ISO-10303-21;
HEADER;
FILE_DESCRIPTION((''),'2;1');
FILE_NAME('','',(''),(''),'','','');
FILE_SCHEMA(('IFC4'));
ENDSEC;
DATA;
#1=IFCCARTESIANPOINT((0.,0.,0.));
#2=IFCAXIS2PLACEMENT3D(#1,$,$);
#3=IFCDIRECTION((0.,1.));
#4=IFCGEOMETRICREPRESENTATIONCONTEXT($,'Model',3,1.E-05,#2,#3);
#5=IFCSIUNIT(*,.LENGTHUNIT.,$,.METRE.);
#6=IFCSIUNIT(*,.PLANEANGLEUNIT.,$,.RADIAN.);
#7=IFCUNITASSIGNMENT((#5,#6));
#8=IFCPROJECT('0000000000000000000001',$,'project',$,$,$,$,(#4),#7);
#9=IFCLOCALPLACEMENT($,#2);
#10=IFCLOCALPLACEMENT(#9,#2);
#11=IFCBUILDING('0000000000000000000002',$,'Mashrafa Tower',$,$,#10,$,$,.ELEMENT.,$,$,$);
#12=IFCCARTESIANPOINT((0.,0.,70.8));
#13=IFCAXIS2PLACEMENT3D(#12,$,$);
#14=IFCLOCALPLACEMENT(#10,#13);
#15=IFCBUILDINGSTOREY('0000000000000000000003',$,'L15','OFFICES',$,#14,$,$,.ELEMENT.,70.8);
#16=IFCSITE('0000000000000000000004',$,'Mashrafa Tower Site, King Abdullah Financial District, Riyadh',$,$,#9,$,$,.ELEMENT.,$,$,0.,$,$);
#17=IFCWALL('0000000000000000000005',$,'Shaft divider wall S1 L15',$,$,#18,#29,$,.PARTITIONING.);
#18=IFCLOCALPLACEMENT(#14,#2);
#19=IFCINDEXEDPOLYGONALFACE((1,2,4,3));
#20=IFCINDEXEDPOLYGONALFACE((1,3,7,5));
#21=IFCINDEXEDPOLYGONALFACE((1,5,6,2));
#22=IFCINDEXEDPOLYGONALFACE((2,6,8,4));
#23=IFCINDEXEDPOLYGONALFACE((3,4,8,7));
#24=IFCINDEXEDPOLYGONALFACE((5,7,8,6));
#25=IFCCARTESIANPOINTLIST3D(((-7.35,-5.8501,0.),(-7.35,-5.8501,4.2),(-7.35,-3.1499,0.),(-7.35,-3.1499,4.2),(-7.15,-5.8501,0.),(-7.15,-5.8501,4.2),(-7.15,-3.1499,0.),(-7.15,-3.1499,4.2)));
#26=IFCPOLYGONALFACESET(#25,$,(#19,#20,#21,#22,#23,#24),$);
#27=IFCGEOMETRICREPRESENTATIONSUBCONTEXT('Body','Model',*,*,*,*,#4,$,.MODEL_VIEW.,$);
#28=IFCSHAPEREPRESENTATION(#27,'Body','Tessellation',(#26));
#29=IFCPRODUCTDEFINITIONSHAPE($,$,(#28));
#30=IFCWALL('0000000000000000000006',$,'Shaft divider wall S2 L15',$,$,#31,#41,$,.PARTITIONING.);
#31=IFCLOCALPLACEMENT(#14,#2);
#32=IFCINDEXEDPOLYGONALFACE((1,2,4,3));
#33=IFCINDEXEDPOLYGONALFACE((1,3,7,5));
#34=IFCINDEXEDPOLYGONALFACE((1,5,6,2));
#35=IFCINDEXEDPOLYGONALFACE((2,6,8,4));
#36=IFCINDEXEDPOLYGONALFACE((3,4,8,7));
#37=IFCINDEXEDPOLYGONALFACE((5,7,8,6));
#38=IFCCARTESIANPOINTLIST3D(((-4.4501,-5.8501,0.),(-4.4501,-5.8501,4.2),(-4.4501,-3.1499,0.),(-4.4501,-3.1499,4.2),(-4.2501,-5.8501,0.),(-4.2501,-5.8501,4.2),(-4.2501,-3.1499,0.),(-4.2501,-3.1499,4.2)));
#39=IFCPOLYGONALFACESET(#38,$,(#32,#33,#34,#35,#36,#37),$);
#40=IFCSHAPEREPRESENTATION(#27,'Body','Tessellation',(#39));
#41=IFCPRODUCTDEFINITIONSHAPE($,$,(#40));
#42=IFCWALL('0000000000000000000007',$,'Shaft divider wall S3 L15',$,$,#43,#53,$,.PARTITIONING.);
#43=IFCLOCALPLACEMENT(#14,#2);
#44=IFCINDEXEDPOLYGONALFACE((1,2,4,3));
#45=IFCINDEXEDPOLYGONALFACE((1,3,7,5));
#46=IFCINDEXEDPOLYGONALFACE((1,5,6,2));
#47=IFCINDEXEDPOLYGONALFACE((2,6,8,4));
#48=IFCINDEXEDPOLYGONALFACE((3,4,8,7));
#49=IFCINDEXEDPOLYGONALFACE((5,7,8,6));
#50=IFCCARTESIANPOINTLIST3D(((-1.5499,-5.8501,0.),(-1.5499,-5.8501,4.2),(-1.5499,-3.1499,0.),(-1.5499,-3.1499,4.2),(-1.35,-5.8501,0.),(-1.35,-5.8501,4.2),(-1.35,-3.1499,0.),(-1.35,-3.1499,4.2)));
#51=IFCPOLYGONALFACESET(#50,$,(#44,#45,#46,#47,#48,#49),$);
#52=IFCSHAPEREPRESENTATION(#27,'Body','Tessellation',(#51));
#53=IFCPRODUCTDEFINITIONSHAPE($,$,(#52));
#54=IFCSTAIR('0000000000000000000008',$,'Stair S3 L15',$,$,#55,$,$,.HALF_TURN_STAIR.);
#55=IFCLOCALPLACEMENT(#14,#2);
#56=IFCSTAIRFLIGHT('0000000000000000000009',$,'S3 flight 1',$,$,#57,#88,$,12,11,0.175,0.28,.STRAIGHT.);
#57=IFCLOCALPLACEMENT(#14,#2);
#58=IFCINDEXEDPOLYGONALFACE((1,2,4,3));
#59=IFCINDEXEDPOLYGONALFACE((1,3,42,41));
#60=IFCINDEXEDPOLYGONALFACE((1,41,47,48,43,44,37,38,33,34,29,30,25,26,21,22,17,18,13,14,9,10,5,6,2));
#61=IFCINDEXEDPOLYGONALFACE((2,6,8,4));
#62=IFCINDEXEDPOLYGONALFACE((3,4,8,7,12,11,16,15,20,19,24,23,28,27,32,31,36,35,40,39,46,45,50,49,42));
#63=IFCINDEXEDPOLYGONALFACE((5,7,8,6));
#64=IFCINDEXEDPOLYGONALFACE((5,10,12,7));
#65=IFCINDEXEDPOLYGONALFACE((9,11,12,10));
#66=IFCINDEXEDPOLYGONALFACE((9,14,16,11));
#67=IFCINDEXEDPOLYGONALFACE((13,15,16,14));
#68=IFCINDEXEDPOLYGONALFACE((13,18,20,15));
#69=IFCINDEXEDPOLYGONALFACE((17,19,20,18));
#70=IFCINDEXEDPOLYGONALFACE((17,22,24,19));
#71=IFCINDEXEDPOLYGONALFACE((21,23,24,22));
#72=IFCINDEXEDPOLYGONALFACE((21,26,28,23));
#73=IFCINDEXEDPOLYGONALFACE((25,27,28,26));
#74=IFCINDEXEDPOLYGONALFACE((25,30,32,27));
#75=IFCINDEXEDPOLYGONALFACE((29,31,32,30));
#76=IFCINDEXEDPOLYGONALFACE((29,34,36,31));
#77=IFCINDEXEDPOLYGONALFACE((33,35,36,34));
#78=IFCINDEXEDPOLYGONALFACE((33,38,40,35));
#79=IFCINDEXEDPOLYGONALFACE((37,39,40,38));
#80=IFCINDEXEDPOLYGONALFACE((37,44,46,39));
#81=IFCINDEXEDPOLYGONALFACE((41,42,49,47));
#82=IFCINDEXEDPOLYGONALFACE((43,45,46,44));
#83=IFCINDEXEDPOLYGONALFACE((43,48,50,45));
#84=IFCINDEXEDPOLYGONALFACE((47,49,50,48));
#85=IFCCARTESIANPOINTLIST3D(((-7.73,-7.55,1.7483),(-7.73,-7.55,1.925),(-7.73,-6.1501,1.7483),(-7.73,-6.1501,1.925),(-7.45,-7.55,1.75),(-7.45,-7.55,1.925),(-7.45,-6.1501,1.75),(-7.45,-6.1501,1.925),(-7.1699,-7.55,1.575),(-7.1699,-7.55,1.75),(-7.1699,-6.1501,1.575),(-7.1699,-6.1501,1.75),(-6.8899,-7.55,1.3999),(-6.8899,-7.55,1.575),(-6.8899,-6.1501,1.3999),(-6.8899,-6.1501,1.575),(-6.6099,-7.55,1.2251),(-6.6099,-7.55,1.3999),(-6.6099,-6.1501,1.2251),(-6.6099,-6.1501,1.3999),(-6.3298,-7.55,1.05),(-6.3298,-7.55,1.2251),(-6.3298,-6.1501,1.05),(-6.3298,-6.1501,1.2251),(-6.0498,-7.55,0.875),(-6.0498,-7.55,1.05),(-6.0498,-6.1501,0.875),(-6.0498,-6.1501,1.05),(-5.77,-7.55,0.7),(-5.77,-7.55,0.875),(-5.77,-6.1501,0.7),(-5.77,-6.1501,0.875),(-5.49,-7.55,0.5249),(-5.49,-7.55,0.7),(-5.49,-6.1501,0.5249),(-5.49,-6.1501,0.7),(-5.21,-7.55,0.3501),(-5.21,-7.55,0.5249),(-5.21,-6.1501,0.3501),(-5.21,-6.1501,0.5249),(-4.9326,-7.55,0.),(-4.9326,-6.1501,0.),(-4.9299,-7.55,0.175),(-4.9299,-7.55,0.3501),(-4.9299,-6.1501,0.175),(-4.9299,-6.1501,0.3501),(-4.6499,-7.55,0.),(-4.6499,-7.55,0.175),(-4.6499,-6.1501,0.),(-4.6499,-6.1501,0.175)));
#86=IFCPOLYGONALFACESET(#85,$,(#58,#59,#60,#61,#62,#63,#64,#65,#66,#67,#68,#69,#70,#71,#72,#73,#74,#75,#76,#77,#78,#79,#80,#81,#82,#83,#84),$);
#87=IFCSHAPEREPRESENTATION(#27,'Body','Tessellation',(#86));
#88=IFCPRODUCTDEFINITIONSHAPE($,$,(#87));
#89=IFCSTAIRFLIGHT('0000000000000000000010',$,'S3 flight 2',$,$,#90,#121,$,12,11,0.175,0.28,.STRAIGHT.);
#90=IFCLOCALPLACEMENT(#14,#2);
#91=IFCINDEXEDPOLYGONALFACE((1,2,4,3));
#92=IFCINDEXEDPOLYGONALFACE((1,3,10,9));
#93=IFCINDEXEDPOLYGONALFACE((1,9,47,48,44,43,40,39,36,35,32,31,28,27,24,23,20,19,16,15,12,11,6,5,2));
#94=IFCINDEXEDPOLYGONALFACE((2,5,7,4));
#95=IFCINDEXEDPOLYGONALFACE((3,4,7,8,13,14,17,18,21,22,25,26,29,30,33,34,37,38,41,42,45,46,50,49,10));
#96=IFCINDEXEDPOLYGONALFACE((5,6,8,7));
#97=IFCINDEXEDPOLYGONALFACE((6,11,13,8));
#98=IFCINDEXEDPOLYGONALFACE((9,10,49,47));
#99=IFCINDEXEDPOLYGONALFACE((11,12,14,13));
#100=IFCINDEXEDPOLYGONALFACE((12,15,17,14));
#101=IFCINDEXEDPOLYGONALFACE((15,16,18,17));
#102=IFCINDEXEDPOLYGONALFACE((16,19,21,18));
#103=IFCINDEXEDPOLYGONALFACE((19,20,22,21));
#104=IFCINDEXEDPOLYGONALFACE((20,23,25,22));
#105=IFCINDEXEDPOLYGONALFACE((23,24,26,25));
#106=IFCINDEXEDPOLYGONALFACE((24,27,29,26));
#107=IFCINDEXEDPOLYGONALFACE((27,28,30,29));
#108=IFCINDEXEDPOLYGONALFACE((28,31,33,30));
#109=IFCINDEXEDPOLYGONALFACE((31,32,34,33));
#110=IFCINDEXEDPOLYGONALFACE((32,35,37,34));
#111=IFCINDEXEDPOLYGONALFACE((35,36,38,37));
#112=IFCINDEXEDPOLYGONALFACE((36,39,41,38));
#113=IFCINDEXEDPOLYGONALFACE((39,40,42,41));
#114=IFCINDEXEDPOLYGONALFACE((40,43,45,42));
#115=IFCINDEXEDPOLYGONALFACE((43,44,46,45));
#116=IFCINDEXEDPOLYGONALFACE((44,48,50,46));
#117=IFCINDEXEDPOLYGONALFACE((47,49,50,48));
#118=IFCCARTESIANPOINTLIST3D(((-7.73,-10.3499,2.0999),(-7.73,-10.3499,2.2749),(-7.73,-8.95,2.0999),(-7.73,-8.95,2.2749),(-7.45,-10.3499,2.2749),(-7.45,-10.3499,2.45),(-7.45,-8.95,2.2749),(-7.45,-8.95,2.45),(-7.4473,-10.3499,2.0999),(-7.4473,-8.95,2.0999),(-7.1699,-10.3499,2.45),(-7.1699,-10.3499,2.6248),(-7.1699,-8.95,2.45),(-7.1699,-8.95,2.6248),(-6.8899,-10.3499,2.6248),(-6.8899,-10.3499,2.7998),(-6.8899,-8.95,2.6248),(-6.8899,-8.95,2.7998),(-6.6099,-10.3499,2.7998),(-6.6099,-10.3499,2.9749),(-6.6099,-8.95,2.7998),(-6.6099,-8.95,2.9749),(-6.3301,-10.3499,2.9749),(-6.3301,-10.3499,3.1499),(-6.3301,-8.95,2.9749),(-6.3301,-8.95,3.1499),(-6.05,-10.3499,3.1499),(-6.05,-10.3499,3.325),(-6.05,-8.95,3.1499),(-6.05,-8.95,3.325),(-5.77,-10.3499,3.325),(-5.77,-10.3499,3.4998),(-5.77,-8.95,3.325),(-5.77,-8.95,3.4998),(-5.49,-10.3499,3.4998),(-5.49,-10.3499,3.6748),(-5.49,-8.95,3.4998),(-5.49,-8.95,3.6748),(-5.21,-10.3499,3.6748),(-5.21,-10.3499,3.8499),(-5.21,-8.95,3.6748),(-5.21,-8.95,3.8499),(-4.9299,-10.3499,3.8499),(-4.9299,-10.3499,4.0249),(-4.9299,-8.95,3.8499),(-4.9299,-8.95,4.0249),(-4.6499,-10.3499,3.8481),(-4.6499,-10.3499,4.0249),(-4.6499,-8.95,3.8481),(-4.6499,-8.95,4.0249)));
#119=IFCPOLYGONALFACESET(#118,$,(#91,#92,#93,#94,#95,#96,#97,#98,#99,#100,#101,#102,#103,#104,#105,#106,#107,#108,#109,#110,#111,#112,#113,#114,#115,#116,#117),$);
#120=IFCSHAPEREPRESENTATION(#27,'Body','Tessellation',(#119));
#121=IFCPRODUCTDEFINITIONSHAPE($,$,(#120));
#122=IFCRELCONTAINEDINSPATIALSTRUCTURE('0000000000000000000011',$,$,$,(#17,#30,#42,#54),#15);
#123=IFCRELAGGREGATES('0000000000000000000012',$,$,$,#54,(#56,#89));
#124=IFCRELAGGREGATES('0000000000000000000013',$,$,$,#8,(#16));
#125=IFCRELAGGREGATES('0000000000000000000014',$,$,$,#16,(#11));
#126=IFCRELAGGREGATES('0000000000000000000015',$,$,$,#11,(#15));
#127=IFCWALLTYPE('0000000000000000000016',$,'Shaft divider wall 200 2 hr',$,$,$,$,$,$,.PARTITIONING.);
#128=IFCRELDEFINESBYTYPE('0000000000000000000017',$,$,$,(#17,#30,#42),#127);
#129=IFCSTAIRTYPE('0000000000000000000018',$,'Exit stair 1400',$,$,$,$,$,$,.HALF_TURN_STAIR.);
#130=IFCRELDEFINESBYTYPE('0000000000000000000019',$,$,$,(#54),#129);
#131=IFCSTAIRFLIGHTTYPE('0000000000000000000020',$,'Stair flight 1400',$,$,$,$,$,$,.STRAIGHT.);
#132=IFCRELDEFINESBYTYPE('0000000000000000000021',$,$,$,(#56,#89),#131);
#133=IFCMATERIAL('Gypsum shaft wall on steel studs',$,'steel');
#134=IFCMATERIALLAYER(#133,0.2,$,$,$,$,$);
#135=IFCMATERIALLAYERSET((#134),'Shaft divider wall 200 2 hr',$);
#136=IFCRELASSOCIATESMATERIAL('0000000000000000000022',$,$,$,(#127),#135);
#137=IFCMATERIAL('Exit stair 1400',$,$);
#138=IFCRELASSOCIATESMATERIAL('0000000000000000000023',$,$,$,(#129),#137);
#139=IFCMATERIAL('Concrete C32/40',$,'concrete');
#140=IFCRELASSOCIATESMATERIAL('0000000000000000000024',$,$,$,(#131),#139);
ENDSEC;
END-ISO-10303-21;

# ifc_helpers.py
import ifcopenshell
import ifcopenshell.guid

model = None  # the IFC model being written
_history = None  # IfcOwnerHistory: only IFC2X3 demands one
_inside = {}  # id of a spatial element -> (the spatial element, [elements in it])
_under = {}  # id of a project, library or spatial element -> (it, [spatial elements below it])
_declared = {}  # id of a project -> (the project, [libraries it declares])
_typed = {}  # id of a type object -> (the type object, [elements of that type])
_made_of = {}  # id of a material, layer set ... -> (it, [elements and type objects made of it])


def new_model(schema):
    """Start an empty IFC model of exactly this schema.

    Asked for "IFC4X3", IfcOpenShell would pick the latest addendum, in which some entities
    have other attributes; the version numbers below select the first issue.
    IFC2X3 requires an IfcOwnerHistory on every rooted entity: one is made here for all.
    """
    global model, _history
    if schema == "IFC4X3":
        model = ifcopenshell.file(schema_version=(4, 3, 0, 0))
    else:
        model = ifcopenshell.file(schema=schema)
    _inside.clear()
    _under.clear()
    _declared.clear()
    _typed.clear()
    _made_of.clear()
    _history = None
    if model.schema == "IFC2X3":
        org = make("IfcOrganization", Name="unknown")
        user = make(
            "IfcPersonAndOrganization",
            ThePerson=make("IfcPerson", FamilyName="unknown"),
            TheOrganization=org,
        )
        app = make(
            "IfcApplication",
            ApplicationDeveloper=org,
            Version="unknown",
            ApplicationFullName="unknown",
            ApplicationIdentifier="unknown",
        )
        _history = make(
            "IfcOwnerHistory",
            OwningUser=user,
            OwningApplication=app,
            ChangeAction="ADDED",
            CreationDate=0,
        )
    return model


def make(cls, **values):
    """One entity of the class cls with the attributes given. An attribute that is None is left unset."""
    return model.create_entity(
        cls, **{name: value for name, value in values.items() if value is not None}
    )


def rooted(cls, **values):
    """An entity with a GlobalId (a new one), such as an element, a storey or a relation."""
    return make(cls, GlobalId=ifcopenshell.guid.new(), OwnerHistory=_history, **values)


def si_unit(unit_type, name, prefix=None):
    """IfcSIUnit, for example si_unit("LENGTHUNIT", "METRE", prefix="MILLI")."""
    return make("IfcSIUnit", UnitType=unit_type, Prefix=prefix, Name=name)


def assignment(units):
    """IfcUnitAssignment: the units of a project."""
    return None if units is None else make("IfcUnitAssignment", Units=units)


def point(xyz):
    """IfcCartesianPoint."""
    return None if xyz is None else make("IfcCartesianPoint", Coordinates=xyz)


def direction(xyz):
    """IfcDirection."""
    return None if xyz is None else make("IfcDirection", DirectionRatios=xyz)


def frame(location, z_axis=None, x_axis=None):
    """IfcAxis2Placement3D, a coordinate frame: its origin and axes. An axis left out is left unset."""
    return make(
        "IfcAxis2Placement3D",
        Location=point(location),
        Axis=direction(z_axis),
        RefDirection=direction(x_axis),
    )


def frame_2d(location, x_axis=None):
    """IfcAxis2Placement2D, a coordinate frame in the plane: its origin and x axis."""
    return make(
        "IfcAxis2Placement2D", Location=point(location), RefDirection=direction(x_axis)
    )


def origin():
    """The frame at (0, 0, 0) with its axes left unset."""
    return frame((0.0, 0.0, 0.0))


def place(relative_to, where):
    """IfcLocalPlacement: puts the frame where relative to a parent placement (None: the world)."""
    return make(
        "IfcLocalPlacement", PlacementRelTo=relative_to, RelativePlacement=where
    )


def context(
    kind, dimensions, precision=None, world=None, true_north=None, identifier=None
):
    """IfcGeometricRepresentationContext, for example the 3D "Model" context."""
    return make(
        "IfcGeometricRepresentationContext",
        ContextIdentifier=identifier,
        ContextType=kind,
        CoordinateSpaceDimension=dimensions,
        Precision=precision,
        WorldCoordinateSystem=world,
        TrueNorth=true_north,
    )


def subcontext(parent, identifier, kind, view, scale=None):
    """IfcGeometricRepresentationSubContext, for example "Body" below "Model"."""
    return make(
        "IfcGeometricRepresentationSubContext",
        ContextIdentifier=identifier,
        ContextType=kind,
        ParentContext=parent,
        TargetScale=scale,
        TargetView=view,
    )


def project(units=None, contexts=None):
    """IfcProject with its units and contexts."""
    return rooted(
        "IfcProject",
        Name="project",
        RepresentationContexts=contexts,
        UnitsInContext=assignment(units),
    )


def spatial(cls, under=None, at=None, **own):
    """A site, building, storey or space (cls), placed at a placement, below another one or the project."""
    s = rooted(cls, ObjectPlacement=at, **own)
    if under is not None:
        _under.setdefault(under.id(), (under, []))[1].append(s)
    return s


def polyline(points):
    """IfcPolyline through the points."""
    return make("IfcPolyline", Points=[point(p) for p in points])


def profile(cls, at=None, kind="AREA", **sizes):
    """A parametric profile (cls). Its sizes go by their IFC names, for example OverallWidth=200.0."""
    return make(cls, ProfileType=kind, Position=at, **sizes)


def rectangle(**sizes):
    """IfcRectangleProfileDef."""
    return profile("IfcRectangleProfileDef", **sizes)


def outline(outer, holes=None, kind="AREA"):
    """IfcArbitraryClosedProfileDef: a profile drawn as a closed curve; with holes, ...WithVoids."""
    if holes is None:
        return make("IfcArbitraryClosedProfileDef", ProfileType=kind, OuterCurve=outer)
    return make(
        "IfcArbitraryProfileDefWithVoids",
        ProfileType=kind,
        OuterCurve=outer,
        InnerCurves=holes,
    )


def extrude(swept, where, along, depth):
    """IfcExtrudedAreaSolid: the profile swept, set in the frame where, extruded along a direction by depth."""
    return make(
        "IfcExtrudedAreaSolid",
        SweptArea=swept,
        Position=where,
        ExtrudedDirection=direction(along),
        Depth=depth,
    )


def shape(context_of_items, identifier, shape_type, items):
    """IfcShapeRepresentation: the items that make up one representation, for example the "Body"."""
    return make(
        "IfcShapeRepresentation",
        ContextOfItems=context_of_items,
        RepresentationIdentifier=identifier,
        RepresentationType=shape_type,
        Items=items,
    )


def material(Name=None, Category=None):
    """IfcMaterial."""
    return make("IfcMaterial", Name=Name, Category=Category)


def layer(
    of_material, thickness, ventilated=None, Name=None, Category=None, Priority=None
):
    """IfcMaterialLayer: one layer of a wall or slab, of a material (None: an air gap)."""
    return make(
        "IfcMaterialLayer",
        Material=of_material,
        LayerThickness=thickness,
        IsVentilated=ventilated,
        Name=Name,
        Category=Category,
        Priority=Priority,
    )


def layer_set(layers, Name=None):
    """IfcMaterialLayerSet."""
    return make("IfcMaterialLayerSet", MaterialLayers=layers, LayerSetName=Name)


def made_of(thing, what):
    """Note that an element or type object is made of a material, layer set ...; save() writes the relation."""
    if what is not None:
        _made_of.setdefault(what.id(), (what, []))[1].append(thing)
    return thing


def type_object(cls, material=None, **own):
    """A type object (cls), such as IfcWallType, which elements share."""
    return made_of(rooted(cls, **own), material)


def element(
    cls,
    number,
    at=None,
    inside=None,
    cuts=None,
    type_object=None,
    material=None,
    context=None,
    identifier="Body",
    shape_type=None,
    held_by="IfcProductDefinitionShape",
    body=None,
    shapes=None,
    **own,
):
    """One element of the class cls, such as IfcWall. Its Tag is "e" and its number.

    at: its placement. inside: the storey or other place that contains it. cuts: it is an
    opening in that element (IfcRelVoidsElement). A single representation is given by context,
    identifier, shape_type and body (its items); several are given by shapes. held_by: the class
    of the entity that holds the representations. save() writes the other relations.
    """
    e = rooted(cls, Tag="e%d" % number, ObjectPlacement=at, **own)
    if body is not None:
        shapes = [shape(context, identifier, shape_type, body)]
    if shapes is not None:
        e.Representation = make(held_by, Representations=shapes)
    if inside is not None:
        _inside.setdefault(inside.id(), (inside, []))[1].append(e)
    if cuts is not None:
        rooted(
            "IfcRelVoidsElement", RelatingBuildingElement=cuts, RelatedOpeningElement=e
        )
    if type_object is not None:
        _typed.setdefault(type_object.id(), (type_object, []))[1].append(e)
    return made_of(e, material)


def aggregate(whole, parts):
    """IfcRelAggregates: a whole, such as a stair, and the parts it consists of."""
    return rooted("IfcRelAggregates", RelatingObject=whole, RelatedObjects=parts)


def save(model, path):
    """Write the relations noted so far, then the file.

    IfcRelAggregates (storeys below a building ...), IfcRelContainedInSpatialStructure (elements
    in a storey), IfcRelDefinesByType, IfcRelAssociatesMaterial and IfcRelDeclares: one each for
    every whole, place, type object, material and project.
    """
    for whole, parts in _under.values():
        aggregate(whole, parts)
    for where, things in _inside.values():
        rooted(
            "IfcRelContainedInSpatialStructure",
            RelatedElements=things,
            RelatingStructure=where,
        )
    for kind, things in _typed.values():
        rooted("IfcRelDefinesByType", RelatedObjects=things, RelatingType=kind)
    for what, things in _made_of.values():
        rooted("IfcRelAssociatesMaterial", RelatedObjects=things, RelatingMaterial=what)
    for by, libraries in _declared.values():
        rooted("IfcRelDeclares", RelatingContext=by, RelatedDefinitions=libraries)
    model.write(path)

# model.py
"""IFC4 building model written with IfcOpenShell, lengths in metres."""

from ifc_helpers import new_model, si_unit, direction, frame, frame_2d, origin, place, context, subcontext, project, spatial, polyline, rectangle, outline, extrude, material, layer, layer_set, type_object, element, aggregate, save


model = new_model("IFC4")

# Units and contexts
model_context = context("Model", 3, precision=1e-05, world=origin(), true_north=direction((0.0, 1.0)))
body_context = subcontext(model_context, "Body", "Model", "MODEL_VIEW")
ifc_project = project(units=[si_unit("LENGTHUNIT", "METRE"), si_unit("PLANEANGLEUNIT", "RADIAN")], contexts=[model_context])

# Site, building, storey
site_placement = place(None, origin())
site = spatial("IfcSite", under=ifc_project, at=site_placement, Name="Mashrafa Tower Site, King Abdullah Financial District, Riyadh", CompositionType="ELEMENT", RefElevation=0.0)
building_placement = place(site_placement, origin())
building = spatial("IfcBuilding", under=site, at=building_placement, Name="Mashrafa Tower", CompositionType="ELEMENT")
storey_placement = place(building_placement, frame((0.0, 0.0, 70.8)))
storey = spatial("IfcBuildingStorey", under=building, at=storey_placement, Name="L15", Description="OFFICES", CompositionType="ELEMENT", Elevation=70.8)

# Walls
ifc_material_1 = material(Name="Gypsum shaft wall on steel studs", Category="steel")
ifc_layer_1 = layer(ifc_material_1, 0.2)
ifc_layer_set_1 = layer_set([ifc_layer_1], Name="Shaft divider wall 200 2 hr")
wall_type_1 = type_object("IfcWallType", Name="Shaft divider wall 200 2 hr", PredefinedType="PARTITIONING", material=ifc_layer_set_1)
for number, where, z_axis, x_axis, name in (
    (1, (-7.25, -5.8501, 0.0), (0.0, 0.0, 1.0), (0.0, 1.0, 0.0), "Shaft divider wall S1 L15"),
    (2, (-4.3501, -5.8501, 0.0), (0.0, 0.0, 1.0), (0.0, 1.0, 0.0), "Shaft divider wall S2 L15"),
    (3, (-1.45, -5.8501, 0.0), (0.0, 0.0, 1.0), (0.0, 1.0, 0.0), "Shaft divider wall S3 L15"),
):
    element("IfcWall", number, at=place(storey_placement, frame(where, z_axis=z_axis, x_axis=x_axis)), inside=storey, type_object=wall_type_1, Name=name, PredefinedType="PARTITIONING", context=body_context, shape_type="SweptSolid", body=[
        extrude(rectangle(XDim=2.7002, YDim=0.2, at=frame_2d((1.3501, 0.0))), origin(), (0.0, 0.0, 1.0), 4.2),
    ])

# Stair, stair flights
ifc_material_2 = material(Name="Exit stair 1400")
stair_type = type_object("IfcStairType", Name="Exit stair 1400", PredefinedType="HALF_TURN_STAIR", material=ifc_material_2)
stair_placement = place(storey_placement, origin())
stair = element("IfcStair", 4, at=stair_placement, inside=storey, type_object=stair_type, Name="Stair S3 L15", PredefinedType="HALF_TURN_STAIR")
ifc_material_3 = material(Name="Concrete C32/40", Category="concrete")
stair_flight_type = type_object("IfcStairFlightType", Name="Stair flight 1400", PredefinedType="STRAIGHT", material=ifc_material_3)
stair_flight_1_placement = place(storey_placement, frame((-4.6499, -6.8501, 0.0), z_axis=(0.0, 0.0, 1.0), x_axis=(-1.0, 0.0, 0.0)))
stair_flight_1 = element("IfcStairFlight", 5, at=stair_flight_1_placement, type_object=stair_flight_type, Name="S3 flight 1", NumberOfRisers=12, NumberOfTreads=11, PredefinedType="STRAIGHT", RiserHeight=0.175, TreadLength=0.28, context=body_context, shape_type="SweptSolid", body=[
    extrude(outline(polyline([(0.0, 0.0), (0.0, 0.175), (0.28, 0.175), (0.28, 0.3501), (0.5601, 0.3501), (0.5601, 0.5249), (0.8401, 0.5249), (0.8401, 0.7), (1.1201, 0.7), (1.1201, 0.875), (1.3999, 0.875), (1.3999, 1.05), (1.6799, 1.05), (1.6799, 1.2251), (1.96, 1.2251), (1.96, 1.3999), (2.24, 1.3999), (2.24, 1.575), (2.52, 1.575), (2.52, 1.75), (2.8, 1.75), (2.8, 1.925), (3.0801, 1.925), (3.0801, 2.1001), (3.0801, 1.7483), (0.2827, 0.0), (0.0, 0.0)])), frame((0.0, 0.7, 0.0), z_axis=(0.0, -1.0, 0.0), x_axis=(1.0, 0.0, 0.0)), (0.0, 0.0, 1.0), 1.3999),
])
stair_flight_2_placement = place(storey_placement, frame((-7.73, -9.6499, 2.0999), z_axis=(0.0, 0.0, 1.0), x_axis=(1.0, 0.0, 0.0)))
stair_flight_2 = element("IfcStairFlight", 6, at=stair_flight_2_placement, type_object=stair_flight_type, Name="S3 flight 2", NumberOfRisers=12, NumberOfTreads=11, PredefinedType="STRAIGHT", RiserHeight=0.175, TreadLength=0.28, context=body_context, shape_type="SweptSolid", body=[
    extrude(outline(polyline([(0.0, 0.0), (0.0, 0.175), (0.28, 0.175), (0.28, 0.3501), (0.5601, 0.3501), (0.5601, 0.5249), (0.8401, 0.5249), (0.8401, 0.7), (1.1201, 0.7), (1.1201, 0.875), (1.3999, 0.875), (1.3999, 1.05), (1.6799, 1.05), (1.6799, 1.2251), (1.96, 1.2251), (1.96, 1.3999), (2.24, 1.3999), (2.24, 1.575), (2.52, 1.575), (2.52, 1.75), (2.8, 1.75), (2.8, 1.925), (3.0801, 1.925), (3.0801, 2.1001), (3.0801, 1.7483), (0.2827, 0.0), (0.0, 0.0)])), frame((0.0, 0.7, 0.0), z_axis=(0.0, -1.0, 0.0), x_axis=(1.0, 0.0, 0.0)), (0.0, 0.0, 1.0), 1.3999),
])
aggregate(stair, [stair_flight_1, stair_flight_2])

save(model, "model.ifc")
